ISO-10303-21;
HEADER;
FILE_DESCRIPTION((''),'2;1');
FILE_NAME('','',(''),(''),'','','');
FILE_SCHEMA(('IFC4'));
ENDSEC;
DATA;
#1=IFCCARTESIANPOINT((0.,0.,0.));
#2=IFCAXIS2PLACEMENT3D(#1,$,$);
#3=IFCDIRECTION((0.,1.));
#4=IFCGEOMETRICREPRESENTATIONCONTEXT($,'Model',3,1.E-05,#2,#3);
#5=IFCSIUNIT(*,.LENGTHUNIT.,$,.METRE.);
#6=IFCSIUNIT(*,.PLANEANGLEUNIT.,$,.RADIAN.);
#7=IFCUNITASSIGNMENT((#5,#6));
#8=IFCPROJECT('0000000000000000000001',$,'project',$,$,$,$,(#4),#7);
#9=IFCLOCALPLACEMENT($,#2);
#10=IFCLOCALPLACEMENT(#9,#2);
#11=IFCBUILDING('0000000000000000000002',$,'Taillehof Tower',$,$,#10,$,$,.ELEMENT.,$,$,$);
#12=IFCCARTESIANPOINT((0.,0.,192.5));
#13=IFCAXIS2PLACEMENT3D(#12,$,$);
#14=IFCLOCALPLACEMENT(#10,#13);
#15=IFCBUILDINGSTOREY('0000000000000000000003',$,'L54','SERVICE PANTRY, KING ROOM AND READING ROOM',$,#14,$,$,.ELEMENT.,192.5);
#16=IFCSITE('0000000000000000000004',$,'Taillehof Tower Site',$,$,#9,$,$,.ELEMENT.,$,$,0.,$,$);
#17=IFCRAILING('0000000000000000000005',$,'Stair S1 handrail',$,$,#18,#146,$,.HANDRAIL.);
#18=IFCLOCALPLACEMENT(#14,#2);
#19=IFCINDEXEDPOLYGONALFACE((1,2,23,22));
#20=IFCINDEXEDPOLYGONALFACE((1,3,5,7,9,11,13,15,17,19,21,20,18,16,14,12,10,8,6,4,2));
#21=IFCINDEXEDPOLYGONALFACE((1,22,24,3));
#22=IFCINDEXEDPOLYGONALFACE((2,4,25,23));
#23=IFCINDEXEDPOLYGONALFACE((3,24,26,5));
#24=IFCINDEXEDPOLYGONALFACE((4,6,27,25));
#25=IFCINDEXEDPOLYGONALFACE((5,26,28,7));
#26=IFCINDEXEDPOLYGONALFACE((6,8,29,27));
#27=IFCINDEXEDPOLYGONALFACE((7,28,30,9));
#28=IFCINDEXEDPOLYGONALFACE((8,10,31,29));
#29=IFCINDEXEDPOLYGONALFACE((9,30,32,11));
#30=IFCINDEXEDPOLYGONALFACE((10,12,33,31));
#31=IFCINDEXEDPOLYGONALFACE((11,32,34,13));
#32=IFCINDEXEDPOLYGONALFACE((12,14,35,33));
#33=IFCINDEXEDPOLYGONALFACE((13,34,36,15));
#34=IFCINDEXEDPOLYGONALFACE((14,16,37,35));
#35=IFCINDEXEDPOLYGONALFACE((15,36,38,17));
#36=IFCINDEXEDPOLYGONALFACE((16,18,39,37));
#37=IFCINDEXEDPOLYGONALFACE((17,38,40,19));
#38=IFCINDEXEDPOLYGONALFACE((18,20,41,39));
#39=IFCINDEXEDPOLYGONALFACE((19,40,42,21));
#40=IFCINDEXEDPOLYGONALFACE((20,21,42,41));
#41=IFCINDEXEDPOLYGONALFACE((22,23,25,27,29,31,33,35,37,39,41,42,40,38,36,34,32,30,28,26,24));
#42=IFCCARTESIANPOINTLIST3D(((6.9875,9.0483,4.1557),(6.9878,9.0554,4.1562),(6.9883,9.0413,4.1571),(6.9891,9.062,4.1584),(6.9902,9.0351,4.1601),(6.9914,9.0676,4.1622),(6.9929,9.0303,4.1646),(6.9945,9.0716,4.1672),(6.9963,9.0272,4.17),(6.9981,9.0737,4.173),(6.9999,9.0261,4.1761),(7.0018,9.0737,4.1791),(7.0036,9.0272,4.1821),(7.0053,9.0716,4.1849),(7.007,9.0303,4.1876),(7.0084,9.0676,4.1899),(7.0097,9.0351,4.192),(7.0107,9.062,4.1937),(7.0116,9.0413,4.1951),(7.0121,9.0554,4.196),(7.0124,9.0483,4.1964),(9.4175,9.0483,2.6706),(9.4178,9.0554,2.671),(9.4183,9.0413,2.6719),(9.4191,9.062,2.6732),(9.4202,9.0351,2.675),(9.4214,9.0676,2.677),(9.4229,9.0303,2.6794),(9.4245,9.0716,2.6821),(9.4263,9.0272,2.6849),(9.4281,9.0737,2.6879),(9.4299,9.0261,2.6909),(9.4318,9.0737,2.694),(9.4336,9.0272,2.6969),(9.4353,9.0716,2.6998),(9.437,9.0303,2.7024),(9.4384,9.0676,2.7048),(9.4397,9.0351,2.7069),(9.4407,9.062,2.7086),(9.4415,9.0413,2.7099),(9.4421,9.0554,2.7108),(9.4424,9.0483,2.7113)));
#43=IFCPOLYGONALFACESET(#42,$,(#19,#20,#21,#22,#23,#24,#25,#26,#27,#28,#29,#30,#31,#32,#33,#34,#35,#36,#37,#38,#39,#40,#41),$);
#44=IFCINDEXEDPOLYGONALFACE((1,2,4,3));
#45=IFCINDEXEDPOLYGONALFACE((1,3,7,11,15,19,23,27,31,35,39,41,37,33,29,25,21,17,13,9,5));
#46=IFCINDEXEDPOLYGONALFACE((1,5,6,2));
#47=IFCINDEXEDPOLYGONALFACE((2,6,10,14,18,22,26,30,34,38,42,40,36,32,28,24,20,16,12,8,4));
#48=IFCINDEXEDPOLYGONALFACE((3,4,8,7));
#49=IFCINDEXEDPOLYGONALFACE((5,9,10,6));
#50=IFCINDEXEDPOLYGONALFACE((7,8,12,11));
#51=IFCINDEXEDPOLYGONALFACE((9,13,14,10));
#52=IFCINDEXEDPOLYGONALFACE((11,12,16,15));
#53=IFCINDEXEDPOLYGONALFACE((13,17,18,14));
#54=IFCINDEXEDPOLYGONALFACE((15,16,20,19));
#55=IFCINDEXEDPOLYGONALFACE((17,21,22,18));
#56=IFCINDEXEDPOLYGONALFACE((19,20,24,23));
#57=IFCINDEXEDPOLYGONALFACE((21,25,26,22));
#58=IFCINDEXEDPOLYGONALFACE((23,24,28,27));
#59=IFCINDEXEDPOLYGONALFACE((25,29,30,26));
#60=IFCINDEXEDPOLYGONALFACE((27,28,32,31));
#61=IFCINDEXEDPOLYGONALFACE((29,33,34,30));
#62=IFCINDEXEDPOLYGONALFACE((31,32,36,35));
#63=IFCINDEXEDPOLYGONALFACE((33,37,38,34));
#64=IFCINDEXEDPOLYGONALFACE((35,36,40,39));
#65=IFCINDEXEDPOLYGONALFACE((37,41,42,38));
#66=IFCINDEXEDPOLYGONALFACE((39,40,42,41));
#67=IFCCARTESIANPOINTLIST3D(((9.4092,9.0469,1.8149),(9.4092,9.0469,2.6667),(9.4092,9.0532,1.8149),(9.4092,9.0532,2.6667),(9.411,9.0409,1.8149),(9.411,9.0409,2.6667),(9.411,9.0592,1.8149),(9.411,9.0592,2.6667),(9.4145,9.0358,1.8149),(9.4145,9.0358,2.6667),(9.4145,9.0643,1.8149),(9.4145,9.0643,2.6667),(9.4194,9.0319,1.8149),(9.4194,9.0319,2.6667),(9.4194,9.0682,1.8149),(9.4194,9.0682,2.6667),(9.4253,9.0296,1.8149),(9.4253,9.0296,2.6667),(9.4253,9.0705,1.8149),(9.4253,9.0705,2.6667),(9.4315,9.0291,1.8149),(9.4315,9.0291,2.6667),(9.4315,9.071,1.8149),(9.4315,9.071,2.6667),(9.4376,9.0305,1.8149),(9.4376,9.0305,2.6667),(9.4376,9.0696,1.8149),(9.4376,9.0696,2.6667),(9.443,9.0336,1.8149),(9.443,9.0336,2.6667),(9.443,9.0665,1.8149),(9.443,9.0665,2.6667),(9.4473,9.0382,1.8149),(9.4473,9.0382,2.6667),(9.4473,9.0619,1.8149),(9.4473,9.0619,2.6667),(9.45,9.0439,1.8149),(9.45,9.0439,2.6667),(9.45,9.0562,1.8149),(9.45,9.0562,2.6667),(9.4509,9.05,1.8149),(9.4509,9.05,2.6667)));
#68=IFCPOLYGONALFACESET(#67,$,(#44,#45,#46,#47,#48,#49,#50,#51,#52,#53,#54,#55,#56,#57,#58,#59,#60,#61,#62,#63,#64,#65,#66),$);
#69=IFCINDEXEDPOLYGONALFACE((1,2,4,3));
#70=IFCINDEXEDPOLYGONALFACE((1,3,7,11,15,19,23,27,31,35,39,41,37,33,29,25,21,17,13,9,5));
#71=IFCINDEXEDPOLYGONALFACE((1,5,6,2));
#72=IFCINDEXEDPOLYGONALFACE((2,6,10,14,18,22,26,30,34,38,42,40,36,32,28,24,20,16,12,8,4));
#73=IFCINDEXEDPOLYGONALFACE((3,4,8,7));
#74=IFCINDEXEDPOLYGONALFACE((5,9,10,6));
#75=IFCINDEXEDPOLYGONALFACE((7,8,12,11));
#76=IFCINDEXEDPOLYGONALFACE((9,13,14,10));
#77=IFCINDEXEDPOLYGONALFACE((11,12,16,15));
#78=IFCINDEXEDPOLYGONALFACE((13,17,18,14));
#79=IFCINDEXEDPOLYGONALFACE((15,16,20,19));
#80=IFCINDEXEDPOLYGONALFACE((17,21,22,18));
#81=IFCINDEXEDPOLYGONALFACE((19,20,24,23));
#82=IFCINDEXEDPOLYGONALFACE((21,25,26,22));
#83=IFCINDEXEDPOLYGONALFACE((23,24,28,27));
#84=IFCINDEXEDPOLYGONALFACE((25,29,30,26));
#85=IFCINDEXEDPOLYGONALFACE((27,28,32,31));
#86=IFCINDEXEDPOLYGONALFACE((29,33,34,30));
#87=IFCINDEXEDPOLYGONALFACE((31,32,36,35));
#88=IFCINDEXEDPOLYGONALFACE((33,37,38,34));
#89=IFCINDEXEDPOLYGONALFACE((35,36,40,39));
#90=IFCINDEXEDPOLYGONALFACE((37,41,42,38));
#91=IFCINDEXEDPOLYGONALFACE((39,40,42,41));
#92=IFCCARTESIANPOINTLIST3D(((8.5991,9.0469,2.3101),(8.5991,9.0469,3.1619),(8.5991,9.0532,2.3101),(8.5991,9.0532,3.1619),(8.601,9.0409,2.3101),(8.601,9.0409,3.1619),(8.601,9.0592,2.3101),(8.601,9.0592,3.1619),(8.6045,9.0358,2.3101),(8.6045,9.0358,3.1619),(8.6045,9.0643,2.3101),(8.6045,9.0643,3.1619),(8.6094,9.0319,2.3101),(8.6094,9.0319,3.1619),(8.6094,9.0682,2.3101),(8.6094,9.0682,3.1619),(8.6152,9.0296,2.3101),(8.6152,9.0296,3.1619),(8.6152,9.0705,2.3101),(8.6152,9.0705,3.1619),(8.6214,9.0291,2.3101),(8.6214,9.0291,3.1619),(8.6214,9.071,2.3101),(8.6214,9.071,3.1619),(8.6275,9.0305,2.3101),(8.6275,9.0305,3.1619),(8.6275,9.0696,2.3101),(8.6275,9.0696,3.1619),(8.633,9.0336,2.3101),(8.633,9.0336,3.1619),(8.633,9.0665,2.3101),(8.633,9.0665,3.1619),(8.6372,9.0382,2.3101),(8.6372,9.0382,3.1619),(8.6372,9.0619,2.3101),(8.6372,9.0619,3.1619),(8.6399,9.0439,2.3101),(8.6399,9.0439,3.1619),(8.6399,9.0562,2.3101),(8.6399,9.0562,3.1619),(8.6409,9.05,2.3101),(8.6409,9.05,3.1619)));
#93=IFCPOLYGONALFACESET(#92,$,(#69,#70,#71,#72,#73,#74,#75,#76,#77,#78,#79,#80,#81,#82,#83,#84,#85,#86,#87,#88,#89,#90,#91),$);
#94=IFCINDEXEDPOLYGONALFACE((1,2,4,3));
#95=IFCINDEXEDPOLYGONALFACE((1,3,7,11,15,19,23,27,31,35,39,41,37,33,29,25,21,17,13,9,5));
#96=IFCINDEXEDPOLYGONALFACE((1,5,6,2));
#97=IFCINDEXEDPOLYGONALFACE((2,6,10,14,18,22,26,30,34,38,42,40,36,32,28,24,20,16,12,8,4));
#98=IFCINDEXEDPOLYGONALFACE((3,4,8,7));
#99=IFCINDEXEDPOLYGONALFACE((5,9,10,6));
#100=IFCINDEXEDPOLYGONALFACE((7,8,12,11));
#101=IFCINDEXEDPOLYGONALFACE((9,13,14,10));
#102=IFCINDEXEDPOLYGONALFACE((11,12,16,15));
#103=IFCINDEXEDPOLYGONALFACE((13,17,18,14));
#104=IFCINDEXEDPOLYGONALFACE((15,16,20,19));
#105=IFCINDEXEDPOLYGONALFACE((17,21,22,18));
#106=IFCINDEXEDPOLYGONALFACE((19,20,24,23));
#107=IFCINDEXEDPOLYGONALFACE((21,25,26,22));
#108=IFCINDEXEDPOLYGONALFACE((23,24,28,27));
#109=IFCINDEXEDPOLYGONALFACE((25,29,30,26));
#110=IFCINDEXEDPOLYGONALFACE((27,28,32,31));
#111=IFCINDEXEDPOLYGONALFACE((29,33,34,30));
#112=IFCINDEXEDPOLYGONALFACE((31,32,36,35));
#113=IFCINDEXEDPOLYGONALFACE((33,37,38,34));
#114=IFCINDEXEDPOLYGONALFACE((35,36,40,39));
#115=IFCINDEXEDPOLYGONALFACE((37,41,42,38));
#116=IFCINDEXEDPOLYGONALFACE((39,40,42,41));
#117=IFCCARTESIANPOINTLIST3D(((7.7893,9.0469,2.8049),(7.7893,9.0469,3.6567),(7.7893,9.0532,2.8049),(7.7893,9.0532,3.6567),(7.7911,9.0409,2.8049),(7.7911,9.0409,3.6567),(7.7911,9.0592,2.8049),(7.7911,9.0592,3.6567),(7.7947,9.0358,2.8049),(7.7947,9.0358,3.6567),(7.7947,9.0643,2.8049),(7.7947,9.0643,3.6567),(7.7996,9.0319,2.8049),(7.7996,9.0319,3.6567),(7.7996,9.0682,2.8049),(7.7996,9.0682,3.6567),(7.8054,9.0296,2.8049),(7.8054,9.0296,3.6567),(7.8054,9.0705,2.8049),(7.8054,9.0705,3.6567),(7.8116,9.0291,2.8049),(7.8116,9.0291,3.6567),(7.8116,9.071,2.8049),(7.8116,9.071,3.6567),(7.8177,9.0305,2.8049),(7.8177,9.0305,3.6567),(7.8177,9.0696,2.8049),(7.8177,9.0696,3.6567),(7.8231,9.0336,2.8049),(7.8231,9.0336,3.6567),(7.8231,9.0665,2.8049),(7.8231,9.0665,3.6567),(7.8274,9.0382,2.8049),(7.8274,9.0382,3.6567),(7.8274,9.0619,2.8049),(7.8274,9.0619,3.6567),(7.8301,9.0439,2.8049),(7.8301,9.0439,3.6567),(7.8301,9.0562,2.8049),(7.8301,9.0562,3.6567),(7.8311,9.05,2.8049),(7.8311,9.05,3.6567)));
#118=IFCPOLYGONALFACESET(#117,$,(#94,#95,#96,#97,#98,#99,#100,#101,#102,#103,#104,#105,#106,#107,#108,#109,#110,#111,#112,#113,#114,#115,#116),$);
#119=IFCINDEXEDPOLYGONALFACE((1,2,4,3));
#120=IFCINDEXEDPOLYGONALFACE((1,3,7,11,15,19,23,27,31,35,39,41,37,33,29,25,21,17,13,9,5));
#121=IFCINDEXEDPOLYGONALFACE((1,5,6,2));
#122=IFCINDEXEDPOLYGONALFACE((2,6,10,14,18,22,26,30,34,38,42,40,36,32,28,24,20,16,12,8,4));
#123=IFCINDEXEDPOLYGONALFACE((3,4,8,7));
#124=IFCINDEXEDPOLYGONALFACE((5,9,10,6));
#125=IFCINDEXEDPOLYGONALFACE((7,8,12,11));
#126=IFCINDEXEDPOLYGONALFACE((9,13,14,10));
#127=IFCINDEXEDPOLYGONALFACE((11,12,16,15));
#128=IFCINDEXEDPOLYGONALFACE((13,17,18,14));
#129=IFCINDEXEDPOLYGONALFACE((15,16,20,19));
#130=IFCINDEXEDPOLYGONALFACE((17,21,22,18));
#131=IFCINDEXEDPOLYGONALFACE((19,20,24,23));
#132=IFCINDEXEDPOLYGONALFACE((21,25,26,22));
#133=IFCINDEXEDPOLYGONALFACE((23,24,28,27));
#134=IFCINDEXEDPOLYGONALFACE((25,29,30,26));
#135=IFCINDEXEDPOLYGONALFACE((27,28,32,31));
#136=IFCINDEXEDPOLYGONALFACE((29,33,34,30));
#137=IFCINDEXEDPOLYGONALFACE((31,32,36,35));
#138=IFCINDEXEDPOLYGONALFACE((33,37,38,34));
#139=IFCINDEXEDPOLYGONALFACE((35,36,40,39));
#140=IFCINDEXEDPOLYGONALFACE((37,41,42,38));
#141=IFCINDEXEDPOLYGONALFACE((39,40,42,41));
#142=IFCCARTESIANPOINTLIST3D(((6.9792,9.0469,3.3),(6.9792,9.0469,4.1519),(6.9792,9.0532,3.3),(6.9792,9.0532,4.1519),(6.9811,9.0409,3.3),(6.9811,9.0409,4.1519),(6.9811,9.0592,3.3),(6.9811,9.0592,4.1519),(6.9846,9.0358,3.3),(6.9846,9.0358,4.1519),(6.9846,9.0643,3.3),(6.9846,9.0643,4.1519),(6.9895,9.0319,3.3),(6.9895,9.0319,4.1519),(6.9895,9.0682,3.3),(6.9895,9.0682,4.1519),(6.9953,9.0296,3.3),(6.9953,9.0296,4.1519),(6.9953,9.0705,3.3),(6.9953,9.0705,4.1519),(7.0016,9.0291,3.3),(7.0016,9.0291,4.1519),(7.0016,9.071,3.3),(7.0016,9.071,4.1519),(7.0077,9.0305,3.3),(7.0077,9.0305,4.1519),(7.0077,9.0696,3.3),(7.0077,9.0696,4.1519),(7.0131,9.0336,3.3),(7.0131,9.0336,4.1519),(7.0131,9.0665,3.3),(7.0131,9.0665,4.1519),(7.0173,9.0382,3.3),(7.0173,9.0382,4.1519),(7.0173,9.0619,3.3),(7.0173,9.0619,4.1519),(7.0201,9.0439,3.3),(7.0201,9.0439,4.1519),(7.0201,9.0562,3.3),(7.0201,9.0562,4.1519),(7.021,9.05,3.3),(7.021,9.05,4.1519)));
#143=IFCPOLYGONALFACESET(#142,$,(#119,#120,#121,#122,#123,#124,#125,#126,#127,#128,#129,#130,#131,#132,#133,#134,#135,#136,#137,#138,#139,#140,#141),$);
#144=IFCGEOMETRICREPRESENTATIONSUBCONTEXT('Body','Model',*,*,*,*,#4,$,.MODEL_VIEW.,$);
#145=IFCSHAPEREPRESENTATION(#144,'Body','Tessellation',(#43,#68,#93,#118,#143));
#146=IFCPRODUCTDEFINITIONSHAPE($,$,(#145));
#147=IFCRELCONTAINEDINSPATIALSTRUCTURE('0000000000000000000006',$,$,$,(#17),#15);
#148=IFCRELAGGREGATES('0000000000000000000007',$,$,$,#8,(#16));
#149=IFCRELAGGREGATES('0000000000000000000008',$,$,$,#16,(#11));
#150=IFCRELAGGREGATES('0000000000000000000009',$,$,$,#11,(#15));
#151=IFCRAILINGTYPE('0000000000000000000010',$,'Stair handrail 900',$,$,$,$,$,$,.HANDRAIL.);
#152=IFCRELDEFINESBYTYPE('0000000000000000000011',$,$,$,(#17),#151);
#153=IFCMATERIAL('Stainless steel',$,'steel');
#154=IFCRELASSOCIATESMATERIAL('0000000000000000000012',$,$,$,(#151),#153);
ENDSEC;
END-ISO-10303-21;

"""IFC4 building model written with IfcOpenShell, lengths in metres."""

from ifc_helpers import new_model, si_unit, direction, frame, origin, origin_2d, place, context, subcontext, project, spatial, circle, extrude, material, type_object, element, save


model = new_model("IFC4")

# Units and contexts
model_context = context("Model", 3, precision=1e-05, world=origin(), true_north=direction((0.0, 1.0)))
body_context = subcontext(model_context, "Body", "Model", "MODEL_VIEW")
ifc_project = project(units=[si_unit("LENGTHUNIT", "METRE"), si_unit("PLANEANGLEUNIT", "RADIAN")], contexts=[model_context])

# Site, building, storey
site_placement = place(None, origin())
site = spatial("IfcSite", under=ifc_project, at=site_placement, Name="Taillehof Tower Site", CompositionType="ELEMENT", RefElevation=0.0)
building_placement = place(site_placement, origin())
building = spatial("IfcBuilding", under=site, at=building_placement, Name="Taillehof Tower", CompositionType="ELEMENT")
storey_placement = place(building_placement, frame((0.0, 0.0, 192.5)))
storey = spatial("IfcBuildingStorey", under=building, at=storey_placement, Name="L54", Description="SERVICE PANTRY, KING ROOM AND READING ROOM", CompositionType="ELEMENT", Elevation=192.5)

# Railing
ifc_material_1 = material(Name="Stainless steel", Category="steel")
railing_type = type_object("IfcRailingType", Name="Stair handrail 900", PredefinedType="HANDRAIL", material=ifc_material_1)
railing_1_placement = place(storey_placement, frame((9.4299, 9.05, 1.8149)))
element("IfcRailing", 1, at=railing_1_placement, inside=storey, type_object=railing_type, Name="Stair S1 handrail", PredefinedType="HANDRAIL", context=body_context, shape_type="SweptSolid", body=[
    extrude(circle(Radius=0.0239, at=origin_2d()), frame((0.0, 0.0, 0.876), z_axis=(-0.853259, 0.0, 0.521488), x_axis=(0.0, -1.0, 0.0)), (0.0, 0.0, 1.0), 2.8479),
    extrude(circle(Radius=0.021, at=origin_2d()), origin(), (0.0, 0.0, 1.0), 0.8518),
    extrude(circle(Radius=0.021, at=origin_2d()), frame((-0.8101, 0.0, 0.4951)), (0.0, 0.0, 1.0), 0.8518),
    extrude(circle(Radius=0.021, at=origin_2d()), frame((-1.6199, 0.0, 0.99)), (0.0, 0.0, 1.0), 0.8518),
    extrude(circle(Radius=0.021, at=origin_2d()), frame((-2.4299, 0.0, 1.4851)), (0.0, 0.0, 1.0), 0.8518),
])

save(model, "model.ifc")
